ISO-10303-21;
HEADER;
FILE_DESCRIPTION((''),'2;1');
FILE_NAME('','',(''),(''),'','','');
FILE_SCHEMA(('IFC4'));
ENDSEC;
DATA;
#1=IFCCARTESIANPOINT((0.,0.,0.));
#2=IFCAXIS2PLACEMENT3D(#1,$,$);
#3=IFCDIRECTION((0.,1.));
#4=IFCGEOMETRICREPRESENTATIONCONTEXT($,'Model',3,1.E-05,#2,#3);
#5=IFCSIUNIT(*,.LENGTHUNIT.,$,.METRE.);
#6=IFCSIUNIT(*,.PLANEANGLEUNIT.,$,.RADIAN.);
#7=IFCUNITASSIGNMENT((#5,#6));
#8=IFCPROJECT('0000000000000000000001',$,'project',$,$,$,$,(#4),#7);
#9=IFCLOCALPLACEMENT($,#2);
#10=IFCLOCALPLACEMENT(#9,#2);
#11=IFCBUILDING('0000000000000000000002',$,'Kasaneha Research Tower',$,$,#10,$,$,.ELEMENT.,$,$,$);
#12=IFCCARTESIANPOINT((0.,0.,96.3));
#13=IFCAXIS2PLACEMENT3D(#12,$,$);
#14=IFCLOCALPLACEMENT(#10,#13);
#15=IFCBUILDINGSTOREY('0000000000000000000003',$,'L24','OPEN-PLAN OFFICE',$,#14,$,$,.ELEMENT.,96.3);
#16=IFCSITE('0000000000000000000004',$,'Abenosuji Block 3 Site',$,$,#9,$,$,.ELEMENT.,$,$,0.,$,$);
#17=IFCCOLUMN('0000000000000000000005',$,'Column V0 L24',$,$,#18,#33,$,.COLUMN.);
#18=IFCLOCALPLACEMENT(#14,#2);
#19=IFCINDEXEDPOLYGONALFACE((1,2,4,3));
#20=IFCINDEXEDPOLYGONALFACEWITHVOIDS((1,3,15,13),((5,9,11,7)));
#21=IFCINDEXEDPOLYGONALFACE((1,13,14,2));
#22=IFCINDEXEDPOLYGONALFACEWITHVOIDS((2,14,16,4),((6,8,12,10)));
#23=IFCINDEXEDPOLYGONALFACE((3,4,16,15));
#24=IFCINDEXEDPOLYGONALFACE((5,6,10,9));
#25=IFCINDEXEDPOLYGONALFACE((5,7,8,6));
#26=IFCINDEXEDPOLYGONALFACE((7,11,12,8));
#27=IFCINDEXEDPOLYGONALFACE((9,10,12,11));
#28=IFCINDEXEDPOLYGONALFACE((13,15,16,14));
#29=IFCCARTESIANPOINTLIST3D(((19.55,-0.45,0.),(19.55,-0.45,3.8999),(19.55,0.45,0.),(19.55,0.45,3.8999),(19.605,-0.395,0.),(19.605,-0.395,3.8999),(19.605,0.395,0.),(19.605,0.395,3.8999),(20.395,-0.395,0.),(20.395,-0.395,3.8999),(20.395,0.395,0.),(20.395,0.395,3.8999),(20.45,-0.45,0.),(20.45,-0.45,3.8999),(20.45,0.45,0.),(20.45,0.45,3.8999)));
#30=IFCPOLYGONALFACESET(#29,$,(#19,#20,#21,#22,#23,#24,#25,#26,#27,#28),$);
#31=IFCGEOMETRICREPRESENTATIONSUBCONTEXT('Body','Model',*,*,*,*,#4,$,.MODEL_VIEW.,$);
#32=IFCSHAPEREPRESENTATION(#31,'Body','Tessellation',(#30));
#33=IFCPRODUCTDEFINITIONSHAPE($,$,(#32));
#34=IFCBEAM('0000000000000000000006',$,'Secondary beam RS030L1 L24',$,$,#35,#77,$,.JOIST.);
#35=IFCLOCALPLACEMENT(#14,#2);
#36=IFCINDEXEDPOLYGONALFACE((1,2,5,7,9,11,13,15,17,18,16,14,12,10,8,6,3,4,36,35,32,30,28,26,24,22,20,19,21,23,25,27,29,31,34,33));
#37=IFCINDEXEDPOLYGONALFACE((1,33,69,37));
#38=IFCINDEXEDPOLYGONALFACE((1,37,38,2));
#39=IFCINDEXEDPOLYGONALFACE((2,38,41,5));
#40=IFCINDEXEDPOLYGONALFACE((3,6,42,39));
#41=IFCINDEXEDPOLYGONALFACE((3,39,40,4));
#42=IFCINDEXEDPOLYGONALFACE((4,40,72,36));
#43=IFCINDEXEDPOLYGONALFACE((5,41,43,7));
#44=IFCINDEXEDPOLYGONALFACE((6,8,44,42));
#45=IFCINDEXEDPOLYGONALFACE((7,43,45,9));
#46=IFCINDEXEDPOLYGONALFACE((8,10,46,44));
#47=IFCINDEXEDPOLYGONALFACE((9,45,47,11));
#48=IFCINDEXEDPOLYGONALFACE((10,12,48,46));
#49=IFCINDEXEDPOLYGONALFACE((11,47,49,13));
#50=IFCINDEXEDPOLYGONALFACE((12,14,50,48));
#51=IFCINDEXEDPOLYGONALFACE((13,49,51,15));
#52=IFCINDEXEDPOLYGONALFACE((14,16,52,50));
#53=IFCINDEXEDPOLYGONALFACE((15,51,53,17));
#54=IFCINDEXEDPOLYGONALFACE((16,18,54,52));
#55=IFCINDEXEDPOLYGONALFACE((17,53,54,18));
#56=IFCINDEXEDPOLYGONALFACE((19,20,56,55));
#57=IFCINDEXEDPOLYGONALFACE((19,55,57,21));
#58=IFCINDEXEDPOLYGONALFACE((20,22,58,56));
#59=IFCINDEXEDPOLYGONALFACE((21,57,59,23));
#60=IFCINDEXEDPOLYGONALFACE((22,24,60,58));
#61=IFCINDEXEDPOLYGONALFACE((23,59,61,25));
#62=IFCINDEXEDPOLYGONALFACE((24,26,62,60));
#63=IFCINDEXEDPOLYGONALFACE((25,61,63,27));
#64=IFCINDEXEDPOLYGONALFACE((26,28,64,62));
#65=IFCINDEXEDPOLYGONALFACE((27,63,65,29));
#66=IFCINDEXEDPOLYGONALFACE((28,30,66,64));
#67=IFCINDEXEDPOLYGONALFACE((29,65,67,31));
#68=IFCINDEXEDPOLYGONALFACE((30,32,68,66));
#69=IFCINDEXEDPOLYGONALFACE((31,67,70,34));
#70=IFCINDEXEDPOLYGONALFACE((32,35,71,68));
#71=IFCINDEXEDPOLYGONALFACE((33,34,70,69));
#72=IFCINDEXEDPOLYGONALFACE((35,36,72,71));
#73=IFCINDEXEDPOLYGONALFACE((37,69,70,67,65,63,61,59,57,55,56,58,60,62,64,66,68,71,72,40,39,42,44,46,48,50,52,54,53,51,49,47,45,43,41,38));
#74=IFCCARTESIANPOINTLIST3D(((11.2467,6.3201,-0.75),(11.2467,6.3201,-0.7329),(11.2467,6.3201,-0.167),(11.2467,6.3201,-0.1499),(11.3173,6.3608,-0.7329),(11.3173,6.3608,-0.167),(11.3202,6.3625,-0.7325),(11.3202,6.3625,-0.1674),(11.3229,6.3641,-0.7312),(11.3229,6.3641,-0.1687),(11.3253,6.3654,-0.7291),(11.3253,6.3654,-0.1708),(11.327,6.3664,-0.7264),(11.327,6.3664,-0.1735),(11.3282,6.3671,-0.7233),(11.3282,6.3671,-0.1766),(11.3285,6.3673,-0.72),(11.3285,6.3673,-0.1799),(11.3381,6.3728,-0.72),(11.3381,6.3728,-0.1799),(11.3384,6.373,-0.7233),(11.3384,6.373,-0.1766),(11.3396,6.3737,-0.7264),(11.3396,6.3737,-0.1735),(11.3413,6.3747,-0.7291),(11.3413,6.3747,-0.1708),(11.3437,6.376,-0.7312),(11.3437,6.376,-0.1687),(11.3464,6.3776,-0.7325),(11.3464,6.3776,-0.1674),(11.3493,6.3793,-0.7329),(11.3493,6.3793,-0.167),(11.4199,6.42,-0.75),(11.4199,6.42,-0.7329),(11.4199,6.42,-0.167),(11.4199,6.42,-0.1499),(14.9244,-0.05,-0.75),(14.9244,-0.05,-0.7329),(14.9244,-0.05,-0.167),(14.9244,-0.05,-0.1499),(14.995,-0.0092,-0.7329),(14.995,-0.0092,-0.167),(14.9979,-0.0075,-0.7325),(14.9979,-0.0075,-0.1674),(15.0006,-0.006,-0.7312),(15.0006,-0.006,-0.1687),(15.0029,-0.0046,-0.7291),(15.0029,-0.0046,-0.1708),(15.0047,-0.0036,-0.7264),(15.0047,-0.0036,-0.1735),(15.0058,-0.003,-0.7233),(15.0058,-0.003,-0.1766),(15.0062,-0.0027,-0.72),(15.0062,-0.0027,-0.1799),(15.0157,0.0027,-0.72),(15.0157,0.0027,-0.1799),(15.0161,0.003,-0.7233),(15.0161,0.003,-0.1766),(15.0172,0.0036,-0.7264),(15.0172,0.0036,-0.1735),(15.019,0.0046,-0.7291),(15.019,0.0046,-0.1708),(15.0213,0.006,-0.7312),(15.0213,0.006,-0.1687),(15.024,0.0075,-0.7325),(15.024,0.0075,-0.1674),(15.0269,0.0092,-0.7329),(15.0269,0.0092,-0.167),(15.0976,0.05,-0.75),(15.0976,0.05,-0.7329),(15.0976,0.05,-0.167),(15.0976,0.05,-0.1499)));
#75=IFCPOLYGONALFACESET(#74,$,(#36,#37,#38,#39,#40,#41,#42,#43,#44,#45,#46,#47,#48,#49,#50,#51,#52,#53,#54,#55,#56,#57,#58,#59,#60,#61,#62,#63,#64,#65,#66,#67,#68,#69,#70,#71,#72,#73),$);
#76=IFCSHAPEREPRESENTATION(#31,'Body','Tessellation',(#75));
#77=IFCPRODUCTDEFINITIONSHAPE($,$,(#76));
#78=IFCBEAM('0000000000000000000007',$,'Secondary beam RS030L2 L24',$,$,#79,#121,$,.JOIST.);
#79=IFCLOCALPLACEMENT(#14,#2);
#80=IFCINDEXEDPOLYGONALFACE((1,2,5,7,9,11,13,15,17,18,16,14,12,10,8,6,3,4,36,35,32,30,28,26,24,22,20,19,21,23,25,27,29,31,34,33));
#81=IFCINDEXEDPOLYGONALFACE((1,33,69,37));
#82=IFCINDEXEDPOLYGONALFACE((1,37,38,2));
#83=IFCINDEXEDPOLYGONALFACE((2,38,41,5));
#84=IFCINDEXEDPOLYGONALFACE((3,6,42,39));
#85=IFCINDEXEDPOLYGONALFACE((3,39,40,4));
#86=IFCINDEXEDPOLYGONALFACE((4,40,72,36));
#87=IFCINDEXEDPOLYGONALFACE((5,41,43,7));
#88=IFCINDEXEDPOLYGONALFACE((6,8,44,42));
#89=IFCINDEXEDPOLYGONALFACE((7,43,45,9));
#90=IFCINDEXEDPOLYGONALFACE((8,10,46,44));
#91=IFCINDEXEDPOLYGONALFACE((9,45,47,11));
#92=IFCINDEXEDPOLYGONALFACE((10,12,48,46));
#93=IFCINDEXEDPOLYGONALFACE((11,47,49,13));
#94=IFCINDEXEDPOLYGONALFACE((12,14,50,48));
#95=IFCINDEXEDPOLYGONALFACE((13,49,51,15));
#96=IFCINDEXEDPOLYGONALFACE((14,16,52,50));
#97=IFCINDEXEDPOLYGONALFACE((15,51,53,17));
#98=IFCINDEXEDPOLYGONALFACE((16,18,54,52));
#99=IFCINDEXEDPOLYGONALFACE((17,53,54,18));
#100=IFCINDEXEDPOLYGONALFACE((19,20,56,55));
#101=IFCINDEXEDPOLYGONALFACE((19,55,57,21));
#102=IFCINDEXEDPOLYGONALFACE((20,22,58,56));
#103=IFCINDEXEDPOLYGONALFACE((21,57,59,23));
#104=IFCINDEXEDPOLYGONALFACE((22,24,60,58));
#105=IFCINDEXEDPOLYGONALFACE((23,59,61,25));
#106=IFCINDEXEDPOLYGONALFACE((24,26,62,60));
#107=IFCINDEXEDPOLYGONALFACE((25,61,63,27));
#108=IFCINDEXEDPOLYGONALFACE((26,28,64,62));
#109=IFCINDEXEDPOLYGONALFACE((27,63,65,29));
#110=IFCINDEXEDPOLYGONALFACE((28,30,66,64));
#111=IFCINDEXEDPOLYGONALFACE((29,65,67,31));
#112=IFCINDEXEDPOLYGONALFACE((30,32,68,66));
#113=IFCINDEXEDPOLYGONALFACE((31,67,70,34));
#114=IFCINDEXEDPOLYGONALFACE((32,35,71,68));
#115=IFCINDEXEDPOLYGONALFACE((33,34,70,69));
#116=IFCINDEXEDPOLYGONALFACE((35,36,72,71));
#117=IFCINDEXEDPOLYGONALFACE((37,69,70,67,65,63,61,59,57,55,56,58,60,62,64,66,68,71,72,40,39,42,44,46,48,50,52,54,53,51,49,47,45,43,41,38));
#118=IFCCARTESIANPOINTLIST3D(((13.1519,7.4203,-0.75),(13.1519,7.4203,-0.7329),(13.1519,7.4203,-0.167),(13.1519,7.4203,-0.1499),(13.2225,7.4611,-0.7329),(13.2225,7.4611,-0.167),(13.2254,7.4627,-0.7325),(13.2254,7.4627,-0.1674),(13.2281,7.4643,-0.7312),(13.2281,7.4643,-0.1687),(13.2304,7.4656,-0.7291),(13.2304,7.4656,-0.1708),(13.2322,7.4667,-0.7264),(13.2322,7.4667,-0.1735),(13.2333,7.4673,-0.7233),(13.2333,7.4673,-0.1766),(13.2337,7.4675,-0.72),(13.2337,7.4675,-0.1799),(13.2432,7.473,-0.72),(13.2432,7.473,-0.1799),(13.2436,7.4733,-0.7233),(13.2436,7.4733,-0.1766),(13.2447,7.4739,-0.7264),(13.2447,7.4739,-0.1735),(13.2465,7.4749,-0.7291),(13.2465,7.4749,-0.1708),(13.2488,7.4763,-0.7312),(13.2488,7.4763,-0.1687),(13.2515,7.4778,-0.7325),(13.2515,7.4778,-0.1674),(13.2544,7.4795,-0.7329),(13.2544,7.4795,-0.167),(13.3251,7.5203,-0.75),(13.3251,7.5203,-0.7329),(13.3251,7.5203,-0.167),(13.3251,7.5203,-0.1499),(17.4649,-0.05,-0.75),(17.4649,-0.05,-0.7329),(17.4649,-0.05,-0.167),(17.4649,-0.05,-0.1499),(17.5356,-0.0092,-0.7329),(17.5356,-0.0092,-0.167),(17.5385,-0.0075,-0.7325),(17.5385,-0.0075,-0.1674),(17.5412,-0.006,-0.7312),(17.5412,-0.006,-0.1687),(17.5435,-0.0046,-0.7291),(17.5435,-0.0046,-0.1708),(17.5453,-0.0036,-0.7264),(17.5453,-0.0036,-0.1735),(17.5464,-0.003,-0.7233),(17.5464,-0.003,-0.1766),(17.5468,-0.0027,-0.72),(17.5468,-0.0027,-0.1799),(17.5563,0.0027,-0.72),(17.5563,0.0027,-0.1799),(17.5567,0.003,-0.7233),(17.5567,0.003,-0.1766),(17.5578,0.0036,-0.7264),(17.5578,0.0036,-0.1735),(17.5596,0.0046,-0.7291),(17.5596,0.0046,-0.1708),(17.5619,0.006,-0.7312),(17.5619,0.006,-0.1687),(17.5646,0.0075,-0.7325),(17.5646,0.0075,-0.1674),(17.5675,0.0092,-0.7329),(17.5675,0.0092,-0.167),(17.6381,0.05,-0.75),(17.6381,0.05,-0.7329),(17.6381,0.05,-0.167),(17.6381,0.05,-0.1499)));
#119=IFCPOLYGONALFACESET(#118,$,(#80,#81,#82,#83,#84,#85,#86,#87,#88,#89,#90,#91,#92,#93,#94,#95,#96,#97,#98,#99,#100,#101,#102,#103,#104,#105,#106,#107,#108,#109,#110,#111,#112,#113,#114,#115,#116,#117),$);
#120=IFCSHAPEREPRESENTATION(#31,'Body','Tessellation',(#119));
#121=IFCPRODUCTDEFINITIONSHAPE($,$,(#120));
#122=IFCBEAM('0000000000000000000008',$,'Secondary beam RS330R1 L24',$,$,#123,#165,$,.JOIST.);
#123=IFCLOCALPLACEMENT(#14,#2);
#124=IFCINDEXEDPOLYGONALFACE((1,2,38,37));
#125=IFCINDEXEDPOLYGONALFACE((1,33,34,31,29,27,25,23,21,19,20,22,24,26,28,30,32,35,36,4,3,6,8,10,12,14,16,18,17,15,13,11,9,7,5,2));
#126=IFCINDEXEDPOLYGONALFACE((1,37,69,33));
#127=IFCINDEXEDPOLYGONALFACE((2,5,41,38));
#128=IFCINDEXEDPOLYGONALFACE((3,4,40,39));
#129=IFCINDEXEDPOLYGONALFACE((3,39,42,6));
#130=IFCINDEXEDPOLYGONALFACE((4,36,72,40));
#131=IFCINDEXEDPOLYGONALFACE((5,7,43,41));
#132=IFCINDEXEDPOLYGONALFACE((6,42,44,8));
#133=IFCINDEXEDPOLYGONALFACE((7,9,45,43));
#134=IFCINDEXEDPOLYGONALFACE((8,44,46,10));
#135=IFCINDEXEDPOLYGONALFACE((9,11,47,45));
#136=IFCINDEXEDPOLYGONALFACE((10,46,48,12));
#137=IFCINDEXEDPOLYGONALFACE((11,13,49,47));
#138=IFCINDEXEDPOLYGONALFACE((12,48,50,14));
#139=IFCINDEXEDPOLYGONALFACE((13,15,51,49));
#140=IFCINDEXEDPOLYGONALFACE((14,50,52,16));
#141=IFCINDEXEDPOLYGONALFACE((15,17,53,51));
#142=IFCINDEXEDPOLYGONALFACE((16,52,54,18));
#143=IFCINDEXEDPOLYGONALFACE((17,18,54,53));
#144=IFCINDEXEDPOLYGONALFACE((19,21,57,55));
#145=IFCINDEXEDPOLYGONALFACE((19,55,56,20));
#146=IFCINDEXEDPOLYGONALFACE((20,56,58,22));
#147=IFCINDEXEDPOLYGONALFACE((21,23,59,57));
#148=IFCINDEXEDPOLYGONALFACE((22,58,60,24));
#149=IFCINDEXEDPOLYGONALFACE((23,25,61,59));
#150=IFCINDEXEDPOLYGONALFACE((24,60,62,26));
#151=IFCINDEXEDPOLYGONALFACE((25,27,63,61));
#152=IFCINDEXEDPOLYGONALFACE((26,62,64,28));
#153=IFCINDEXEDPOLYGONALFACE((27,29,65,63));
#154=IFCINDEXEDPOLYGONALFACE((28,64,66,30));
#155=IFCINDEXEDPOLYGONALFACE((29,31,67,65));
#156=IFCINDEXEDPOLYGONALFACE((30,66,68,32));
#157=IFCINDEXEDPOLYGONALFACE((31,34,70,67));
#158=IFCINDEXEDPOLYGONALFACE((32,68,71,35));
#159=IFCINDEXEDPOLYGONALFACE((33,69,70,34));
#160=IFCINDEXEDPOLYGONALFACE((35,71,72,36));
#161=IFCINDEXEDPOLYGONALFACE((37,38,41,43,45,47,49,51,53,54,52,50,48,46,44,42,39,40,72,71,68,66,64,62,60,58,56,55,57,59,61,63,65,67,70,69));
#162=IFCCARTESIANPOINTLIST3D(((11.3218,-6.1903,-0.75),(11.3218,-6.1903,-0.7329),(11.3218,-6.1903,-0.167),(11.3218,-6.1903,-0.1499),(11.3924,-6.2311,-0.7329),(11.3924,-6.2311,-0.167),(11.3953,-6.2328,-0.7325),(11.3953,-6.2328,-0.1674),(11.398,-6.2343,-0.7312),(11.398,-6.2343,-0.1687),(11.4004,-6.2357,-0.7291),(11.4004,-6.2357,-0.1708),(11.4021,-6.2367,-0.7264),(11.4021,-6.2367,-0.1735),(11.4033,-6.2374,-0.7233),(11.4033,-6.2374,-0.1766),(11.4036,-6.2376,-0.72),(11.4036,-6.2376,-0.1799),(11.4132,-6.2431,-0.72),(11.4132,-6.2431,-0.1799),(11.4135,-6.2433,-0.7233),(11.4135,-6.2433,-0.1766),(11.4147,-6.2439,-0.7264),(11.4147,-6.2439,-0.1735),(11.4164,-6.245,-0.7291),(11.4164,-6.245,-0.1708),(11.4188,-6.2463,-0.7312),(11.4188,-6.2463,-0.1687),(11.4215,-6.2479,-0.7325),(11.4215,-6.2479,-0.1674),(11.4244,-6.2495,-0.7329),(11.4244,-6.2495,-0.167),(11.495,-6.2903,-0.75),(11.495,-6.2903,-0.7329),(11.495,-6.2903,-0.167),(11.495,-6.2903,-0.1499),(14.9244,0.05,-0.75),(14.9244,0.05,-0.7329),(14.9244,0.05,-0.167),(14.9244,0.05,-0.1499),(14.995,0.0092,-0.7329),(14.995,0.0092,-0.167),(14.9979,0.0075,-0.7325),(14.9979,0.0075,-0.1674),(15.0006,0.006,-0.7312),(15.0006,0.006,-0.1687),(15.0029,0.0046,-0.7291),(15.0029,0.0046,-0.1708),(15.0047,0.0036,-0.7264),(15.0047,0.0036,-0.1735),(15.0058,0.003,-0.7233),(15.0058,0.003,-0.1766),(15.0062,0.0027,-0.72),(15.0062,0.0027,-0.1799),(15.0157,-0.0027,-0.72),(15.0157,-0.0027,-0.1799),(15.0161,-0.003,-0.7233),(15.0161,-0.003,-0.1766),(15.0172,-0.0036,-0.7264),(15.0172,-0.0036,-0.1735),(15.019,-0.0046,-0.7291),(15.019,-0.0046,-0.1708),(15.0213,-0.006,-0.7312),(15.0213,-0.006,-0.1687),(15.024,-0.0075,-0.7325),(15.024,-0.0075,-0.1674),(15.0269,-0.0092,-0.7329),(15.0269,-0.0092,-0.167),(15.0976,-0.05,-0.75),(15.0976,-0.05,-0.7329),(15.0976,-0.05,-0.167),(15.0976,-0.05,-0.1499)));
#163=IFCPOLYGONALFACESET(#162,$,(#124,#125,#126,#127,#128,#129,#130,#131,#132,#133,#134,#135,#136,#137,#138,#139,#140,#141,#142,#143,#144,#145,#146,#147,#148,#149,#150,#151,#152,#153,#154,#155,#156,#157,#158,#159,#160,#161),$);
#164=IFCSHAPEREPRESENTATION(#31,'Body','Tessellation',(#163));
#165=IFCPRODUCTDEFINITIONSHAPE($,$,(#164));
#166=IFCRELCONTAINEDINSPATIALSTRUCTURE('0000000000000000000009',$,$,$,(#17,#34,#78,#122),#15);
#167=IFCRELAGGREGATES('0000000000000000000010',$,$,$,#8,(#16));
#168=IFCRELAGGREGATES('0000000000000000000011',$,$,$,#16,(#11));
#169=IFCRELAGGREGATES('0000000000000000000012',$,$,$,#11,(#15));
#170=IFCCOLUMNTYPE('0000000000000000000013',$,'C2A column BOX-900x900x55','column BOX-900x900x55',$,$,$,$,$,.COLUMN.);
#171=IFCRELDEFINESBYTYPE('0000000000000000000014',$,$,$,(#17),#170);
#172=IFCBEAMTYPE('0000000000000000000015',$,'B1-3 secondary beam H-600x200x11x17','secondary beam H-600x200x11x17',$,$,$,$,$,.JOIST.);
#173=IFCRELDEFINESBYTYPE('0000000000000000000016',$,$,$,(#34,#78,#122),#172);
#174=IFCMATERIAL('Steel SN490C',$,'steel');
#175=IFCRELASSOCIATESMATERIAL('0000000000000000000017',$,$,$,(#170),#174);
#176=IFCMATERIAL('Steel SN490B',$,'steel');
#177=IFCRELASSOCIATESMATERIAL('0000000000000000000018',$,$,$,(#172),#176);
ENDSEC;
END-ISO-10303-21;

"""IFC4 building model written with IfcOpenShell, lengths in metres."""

from ifc_helpers import new_model, si_unit, direction, frame, origin, origin_2d, place, context, subcontext, project, spatial, hollow_rectangle, i_section, extrude, material, material_profile, profile_set, type_object, element, save


model = new_model("IFC4")

# Units and contexts
model_context = context("Model", 3, precision=1e-05, world=origin(), true_north=direction((0.0, 1.0)))
body_context = subcontext(model_context, "Body", "Model", "MODEL_VIEW")
ifc_project = project(units=[si_unit("LENGTHUNIT", "METRE"), si_unit("PLANEANGLEUNIT", "RADIAN")], contexts=[model_context])

# Site, building, storey
site_placement = place(None, origin())
site = spatial("IfcSite", under=ifc_project, at=site_placement, Name="Abenosuji Block 3 Site", CompositionType="ELEMENT", RefElevation=0.0)
building_placement = place(site_placement, origin())
building = spatial("IfcBuilding", under=site, at=building_placement, Name="Kasaneha Research Tower", CompositionType="ELEMENT")
storey_placement = place(building_placement, frame((0.0, 0.0, 96.3)))
storey = spatial("IfcBuildingStorey", under=building, at=storey_placement, Name="L24", Description="OPEN-PLAN OFFICE", CompositionType="ELEMENT", Elevation=96.3)

# Column
ifc_material_1 = material(Name="Steel SN490C", Category="steel")
ifc_material_profile_1 = material_profile(ifc_material_1, hollow_rectangle(XDim=0.8999, YDim=0.8999, WallThickness=0.0549, at=origin_2d()), Name="BOX-900x900x55")
ifc_profile_set_1 = profile_set([ifc_material_profile_1], Name="Steel SN490C")
column_type = type_object("IfcColumnType", Name="C2A column BOX-900x900x55", Description="column BOX-900x900x55", PredefinedType="COLUMN", material=ifc_profile_set_1)
column_placement = place(storey_placement, frame((20.0, 0.0, 0.0), z_axis=(0.0, 0.0, 1.0), x_axis=(1.0, 0.0, 0.0)))
element("IfcColumn", 1, at=column_placement, inside=storey, type_object=column_type, Name="Column V0 L24", PredefinedType="COLUMN", context=body_context, shape_type="SweptSolid", body=[
    extrude(hollow_rectangle(XDim=0.8999, YDim=0.8999, WallThickness=0.0549, at=origin_2d()), origin(), (0.0, 0.0, 1.0), 3.8999),
])

# Beams
ifc_material_2 = material(Name="Steel SN490B", Category="steel")
ifc_material_profile_2 = material_profile(ifc_material_2, i_section(OverallWidth=0.2, OverallDepth=0.6001, WebThickness=0.011, FlangeThickness=0.0171, FilletRadius=0.0129, at=origin_2d()), Name="H-600x200x11x17")
ifc_profile_set_2 = profile_set([ifc_material_profile_2], Name="Steel SN490B")
beam_type_1 = type_object("IfcBeamType", Name="B1-3 secondary beam H-600x200x11x17", Description="secondary beam H-600x200x11x17", PredefinedType="JOIST", material=ifc_profile_set_2)
beam_1_placement = place(storey_placement, frame((15.011, 0.0, -0.45), z_axis=(-0.499994, 0.866029, 0.0), x_axis=(-0.866029, -0.499994, 0.0)))
element("IfcBeam", 2, at=beam_1_placement, inside=storey, type_object=beam_type_1, Name="Secondary beam RS030L1 L24", PredefinedType="JOIST", context=body_context, shape_type="SweptSolid", body=[
    extrude(i_section(OverallWidth=0.2, OverallDepth=0.6001, WebThickness=0.011, FlangeThickness=0.0171, FilletRadius=0.0129, at=origin_2d()), origin(), (0.0, 0.0, 1.0), 7.3555),
])
beam_2_placement = place(storey_placement, frame((17.5515, 0.0, -0.45), z_axis=(-0.500005, 0.866023, 0.0), x_axis=(-0.866023, -0.500005, 0.0)))
element("IfcBeam", 3, at=beam_2_placement, inside=storey, type_object=beam_type_1, Name="Secondary beam RS030L2 L24", PredefinedType="JOIST", context=body_context, shape_type="SweptSolid", body=[
    extrude(i_section(OverallWidth=0.2, OverallDepth=0.6001, WebThickness=0.011, FlangeThickness=0.0171, FilletRadius=0.0129, at=origin_2d()), origin(), (0.0, 0.0, 1.0), 8.626),
])
beam_3_placement = place(storey_placement, frame((15.011, 0.0, -0.45), z_axis=(-0.499973, -0.866041, 0.0), x_axis=(0.866041, -0.499973, 0.0)))
element("IfcBeam", 4, at=beam_3_placement, inside=storey, type_object=beam_type_1, Name="Secondary beam RS330R1 L24", PredefinedType="JOIST", context=body_context, shape_type="SweptSolid", body=[
    extrude(i_section(OverallWidth=0.2, OverallDepth=0.6001, WebThickness=0.011, FlangeThickness=0.0171, FilletRadius=0.0129, at=origin_2d()), origin(), (0.0, 0.0, 1.0), 7.2056),
])

save(model, "model.ifc")
